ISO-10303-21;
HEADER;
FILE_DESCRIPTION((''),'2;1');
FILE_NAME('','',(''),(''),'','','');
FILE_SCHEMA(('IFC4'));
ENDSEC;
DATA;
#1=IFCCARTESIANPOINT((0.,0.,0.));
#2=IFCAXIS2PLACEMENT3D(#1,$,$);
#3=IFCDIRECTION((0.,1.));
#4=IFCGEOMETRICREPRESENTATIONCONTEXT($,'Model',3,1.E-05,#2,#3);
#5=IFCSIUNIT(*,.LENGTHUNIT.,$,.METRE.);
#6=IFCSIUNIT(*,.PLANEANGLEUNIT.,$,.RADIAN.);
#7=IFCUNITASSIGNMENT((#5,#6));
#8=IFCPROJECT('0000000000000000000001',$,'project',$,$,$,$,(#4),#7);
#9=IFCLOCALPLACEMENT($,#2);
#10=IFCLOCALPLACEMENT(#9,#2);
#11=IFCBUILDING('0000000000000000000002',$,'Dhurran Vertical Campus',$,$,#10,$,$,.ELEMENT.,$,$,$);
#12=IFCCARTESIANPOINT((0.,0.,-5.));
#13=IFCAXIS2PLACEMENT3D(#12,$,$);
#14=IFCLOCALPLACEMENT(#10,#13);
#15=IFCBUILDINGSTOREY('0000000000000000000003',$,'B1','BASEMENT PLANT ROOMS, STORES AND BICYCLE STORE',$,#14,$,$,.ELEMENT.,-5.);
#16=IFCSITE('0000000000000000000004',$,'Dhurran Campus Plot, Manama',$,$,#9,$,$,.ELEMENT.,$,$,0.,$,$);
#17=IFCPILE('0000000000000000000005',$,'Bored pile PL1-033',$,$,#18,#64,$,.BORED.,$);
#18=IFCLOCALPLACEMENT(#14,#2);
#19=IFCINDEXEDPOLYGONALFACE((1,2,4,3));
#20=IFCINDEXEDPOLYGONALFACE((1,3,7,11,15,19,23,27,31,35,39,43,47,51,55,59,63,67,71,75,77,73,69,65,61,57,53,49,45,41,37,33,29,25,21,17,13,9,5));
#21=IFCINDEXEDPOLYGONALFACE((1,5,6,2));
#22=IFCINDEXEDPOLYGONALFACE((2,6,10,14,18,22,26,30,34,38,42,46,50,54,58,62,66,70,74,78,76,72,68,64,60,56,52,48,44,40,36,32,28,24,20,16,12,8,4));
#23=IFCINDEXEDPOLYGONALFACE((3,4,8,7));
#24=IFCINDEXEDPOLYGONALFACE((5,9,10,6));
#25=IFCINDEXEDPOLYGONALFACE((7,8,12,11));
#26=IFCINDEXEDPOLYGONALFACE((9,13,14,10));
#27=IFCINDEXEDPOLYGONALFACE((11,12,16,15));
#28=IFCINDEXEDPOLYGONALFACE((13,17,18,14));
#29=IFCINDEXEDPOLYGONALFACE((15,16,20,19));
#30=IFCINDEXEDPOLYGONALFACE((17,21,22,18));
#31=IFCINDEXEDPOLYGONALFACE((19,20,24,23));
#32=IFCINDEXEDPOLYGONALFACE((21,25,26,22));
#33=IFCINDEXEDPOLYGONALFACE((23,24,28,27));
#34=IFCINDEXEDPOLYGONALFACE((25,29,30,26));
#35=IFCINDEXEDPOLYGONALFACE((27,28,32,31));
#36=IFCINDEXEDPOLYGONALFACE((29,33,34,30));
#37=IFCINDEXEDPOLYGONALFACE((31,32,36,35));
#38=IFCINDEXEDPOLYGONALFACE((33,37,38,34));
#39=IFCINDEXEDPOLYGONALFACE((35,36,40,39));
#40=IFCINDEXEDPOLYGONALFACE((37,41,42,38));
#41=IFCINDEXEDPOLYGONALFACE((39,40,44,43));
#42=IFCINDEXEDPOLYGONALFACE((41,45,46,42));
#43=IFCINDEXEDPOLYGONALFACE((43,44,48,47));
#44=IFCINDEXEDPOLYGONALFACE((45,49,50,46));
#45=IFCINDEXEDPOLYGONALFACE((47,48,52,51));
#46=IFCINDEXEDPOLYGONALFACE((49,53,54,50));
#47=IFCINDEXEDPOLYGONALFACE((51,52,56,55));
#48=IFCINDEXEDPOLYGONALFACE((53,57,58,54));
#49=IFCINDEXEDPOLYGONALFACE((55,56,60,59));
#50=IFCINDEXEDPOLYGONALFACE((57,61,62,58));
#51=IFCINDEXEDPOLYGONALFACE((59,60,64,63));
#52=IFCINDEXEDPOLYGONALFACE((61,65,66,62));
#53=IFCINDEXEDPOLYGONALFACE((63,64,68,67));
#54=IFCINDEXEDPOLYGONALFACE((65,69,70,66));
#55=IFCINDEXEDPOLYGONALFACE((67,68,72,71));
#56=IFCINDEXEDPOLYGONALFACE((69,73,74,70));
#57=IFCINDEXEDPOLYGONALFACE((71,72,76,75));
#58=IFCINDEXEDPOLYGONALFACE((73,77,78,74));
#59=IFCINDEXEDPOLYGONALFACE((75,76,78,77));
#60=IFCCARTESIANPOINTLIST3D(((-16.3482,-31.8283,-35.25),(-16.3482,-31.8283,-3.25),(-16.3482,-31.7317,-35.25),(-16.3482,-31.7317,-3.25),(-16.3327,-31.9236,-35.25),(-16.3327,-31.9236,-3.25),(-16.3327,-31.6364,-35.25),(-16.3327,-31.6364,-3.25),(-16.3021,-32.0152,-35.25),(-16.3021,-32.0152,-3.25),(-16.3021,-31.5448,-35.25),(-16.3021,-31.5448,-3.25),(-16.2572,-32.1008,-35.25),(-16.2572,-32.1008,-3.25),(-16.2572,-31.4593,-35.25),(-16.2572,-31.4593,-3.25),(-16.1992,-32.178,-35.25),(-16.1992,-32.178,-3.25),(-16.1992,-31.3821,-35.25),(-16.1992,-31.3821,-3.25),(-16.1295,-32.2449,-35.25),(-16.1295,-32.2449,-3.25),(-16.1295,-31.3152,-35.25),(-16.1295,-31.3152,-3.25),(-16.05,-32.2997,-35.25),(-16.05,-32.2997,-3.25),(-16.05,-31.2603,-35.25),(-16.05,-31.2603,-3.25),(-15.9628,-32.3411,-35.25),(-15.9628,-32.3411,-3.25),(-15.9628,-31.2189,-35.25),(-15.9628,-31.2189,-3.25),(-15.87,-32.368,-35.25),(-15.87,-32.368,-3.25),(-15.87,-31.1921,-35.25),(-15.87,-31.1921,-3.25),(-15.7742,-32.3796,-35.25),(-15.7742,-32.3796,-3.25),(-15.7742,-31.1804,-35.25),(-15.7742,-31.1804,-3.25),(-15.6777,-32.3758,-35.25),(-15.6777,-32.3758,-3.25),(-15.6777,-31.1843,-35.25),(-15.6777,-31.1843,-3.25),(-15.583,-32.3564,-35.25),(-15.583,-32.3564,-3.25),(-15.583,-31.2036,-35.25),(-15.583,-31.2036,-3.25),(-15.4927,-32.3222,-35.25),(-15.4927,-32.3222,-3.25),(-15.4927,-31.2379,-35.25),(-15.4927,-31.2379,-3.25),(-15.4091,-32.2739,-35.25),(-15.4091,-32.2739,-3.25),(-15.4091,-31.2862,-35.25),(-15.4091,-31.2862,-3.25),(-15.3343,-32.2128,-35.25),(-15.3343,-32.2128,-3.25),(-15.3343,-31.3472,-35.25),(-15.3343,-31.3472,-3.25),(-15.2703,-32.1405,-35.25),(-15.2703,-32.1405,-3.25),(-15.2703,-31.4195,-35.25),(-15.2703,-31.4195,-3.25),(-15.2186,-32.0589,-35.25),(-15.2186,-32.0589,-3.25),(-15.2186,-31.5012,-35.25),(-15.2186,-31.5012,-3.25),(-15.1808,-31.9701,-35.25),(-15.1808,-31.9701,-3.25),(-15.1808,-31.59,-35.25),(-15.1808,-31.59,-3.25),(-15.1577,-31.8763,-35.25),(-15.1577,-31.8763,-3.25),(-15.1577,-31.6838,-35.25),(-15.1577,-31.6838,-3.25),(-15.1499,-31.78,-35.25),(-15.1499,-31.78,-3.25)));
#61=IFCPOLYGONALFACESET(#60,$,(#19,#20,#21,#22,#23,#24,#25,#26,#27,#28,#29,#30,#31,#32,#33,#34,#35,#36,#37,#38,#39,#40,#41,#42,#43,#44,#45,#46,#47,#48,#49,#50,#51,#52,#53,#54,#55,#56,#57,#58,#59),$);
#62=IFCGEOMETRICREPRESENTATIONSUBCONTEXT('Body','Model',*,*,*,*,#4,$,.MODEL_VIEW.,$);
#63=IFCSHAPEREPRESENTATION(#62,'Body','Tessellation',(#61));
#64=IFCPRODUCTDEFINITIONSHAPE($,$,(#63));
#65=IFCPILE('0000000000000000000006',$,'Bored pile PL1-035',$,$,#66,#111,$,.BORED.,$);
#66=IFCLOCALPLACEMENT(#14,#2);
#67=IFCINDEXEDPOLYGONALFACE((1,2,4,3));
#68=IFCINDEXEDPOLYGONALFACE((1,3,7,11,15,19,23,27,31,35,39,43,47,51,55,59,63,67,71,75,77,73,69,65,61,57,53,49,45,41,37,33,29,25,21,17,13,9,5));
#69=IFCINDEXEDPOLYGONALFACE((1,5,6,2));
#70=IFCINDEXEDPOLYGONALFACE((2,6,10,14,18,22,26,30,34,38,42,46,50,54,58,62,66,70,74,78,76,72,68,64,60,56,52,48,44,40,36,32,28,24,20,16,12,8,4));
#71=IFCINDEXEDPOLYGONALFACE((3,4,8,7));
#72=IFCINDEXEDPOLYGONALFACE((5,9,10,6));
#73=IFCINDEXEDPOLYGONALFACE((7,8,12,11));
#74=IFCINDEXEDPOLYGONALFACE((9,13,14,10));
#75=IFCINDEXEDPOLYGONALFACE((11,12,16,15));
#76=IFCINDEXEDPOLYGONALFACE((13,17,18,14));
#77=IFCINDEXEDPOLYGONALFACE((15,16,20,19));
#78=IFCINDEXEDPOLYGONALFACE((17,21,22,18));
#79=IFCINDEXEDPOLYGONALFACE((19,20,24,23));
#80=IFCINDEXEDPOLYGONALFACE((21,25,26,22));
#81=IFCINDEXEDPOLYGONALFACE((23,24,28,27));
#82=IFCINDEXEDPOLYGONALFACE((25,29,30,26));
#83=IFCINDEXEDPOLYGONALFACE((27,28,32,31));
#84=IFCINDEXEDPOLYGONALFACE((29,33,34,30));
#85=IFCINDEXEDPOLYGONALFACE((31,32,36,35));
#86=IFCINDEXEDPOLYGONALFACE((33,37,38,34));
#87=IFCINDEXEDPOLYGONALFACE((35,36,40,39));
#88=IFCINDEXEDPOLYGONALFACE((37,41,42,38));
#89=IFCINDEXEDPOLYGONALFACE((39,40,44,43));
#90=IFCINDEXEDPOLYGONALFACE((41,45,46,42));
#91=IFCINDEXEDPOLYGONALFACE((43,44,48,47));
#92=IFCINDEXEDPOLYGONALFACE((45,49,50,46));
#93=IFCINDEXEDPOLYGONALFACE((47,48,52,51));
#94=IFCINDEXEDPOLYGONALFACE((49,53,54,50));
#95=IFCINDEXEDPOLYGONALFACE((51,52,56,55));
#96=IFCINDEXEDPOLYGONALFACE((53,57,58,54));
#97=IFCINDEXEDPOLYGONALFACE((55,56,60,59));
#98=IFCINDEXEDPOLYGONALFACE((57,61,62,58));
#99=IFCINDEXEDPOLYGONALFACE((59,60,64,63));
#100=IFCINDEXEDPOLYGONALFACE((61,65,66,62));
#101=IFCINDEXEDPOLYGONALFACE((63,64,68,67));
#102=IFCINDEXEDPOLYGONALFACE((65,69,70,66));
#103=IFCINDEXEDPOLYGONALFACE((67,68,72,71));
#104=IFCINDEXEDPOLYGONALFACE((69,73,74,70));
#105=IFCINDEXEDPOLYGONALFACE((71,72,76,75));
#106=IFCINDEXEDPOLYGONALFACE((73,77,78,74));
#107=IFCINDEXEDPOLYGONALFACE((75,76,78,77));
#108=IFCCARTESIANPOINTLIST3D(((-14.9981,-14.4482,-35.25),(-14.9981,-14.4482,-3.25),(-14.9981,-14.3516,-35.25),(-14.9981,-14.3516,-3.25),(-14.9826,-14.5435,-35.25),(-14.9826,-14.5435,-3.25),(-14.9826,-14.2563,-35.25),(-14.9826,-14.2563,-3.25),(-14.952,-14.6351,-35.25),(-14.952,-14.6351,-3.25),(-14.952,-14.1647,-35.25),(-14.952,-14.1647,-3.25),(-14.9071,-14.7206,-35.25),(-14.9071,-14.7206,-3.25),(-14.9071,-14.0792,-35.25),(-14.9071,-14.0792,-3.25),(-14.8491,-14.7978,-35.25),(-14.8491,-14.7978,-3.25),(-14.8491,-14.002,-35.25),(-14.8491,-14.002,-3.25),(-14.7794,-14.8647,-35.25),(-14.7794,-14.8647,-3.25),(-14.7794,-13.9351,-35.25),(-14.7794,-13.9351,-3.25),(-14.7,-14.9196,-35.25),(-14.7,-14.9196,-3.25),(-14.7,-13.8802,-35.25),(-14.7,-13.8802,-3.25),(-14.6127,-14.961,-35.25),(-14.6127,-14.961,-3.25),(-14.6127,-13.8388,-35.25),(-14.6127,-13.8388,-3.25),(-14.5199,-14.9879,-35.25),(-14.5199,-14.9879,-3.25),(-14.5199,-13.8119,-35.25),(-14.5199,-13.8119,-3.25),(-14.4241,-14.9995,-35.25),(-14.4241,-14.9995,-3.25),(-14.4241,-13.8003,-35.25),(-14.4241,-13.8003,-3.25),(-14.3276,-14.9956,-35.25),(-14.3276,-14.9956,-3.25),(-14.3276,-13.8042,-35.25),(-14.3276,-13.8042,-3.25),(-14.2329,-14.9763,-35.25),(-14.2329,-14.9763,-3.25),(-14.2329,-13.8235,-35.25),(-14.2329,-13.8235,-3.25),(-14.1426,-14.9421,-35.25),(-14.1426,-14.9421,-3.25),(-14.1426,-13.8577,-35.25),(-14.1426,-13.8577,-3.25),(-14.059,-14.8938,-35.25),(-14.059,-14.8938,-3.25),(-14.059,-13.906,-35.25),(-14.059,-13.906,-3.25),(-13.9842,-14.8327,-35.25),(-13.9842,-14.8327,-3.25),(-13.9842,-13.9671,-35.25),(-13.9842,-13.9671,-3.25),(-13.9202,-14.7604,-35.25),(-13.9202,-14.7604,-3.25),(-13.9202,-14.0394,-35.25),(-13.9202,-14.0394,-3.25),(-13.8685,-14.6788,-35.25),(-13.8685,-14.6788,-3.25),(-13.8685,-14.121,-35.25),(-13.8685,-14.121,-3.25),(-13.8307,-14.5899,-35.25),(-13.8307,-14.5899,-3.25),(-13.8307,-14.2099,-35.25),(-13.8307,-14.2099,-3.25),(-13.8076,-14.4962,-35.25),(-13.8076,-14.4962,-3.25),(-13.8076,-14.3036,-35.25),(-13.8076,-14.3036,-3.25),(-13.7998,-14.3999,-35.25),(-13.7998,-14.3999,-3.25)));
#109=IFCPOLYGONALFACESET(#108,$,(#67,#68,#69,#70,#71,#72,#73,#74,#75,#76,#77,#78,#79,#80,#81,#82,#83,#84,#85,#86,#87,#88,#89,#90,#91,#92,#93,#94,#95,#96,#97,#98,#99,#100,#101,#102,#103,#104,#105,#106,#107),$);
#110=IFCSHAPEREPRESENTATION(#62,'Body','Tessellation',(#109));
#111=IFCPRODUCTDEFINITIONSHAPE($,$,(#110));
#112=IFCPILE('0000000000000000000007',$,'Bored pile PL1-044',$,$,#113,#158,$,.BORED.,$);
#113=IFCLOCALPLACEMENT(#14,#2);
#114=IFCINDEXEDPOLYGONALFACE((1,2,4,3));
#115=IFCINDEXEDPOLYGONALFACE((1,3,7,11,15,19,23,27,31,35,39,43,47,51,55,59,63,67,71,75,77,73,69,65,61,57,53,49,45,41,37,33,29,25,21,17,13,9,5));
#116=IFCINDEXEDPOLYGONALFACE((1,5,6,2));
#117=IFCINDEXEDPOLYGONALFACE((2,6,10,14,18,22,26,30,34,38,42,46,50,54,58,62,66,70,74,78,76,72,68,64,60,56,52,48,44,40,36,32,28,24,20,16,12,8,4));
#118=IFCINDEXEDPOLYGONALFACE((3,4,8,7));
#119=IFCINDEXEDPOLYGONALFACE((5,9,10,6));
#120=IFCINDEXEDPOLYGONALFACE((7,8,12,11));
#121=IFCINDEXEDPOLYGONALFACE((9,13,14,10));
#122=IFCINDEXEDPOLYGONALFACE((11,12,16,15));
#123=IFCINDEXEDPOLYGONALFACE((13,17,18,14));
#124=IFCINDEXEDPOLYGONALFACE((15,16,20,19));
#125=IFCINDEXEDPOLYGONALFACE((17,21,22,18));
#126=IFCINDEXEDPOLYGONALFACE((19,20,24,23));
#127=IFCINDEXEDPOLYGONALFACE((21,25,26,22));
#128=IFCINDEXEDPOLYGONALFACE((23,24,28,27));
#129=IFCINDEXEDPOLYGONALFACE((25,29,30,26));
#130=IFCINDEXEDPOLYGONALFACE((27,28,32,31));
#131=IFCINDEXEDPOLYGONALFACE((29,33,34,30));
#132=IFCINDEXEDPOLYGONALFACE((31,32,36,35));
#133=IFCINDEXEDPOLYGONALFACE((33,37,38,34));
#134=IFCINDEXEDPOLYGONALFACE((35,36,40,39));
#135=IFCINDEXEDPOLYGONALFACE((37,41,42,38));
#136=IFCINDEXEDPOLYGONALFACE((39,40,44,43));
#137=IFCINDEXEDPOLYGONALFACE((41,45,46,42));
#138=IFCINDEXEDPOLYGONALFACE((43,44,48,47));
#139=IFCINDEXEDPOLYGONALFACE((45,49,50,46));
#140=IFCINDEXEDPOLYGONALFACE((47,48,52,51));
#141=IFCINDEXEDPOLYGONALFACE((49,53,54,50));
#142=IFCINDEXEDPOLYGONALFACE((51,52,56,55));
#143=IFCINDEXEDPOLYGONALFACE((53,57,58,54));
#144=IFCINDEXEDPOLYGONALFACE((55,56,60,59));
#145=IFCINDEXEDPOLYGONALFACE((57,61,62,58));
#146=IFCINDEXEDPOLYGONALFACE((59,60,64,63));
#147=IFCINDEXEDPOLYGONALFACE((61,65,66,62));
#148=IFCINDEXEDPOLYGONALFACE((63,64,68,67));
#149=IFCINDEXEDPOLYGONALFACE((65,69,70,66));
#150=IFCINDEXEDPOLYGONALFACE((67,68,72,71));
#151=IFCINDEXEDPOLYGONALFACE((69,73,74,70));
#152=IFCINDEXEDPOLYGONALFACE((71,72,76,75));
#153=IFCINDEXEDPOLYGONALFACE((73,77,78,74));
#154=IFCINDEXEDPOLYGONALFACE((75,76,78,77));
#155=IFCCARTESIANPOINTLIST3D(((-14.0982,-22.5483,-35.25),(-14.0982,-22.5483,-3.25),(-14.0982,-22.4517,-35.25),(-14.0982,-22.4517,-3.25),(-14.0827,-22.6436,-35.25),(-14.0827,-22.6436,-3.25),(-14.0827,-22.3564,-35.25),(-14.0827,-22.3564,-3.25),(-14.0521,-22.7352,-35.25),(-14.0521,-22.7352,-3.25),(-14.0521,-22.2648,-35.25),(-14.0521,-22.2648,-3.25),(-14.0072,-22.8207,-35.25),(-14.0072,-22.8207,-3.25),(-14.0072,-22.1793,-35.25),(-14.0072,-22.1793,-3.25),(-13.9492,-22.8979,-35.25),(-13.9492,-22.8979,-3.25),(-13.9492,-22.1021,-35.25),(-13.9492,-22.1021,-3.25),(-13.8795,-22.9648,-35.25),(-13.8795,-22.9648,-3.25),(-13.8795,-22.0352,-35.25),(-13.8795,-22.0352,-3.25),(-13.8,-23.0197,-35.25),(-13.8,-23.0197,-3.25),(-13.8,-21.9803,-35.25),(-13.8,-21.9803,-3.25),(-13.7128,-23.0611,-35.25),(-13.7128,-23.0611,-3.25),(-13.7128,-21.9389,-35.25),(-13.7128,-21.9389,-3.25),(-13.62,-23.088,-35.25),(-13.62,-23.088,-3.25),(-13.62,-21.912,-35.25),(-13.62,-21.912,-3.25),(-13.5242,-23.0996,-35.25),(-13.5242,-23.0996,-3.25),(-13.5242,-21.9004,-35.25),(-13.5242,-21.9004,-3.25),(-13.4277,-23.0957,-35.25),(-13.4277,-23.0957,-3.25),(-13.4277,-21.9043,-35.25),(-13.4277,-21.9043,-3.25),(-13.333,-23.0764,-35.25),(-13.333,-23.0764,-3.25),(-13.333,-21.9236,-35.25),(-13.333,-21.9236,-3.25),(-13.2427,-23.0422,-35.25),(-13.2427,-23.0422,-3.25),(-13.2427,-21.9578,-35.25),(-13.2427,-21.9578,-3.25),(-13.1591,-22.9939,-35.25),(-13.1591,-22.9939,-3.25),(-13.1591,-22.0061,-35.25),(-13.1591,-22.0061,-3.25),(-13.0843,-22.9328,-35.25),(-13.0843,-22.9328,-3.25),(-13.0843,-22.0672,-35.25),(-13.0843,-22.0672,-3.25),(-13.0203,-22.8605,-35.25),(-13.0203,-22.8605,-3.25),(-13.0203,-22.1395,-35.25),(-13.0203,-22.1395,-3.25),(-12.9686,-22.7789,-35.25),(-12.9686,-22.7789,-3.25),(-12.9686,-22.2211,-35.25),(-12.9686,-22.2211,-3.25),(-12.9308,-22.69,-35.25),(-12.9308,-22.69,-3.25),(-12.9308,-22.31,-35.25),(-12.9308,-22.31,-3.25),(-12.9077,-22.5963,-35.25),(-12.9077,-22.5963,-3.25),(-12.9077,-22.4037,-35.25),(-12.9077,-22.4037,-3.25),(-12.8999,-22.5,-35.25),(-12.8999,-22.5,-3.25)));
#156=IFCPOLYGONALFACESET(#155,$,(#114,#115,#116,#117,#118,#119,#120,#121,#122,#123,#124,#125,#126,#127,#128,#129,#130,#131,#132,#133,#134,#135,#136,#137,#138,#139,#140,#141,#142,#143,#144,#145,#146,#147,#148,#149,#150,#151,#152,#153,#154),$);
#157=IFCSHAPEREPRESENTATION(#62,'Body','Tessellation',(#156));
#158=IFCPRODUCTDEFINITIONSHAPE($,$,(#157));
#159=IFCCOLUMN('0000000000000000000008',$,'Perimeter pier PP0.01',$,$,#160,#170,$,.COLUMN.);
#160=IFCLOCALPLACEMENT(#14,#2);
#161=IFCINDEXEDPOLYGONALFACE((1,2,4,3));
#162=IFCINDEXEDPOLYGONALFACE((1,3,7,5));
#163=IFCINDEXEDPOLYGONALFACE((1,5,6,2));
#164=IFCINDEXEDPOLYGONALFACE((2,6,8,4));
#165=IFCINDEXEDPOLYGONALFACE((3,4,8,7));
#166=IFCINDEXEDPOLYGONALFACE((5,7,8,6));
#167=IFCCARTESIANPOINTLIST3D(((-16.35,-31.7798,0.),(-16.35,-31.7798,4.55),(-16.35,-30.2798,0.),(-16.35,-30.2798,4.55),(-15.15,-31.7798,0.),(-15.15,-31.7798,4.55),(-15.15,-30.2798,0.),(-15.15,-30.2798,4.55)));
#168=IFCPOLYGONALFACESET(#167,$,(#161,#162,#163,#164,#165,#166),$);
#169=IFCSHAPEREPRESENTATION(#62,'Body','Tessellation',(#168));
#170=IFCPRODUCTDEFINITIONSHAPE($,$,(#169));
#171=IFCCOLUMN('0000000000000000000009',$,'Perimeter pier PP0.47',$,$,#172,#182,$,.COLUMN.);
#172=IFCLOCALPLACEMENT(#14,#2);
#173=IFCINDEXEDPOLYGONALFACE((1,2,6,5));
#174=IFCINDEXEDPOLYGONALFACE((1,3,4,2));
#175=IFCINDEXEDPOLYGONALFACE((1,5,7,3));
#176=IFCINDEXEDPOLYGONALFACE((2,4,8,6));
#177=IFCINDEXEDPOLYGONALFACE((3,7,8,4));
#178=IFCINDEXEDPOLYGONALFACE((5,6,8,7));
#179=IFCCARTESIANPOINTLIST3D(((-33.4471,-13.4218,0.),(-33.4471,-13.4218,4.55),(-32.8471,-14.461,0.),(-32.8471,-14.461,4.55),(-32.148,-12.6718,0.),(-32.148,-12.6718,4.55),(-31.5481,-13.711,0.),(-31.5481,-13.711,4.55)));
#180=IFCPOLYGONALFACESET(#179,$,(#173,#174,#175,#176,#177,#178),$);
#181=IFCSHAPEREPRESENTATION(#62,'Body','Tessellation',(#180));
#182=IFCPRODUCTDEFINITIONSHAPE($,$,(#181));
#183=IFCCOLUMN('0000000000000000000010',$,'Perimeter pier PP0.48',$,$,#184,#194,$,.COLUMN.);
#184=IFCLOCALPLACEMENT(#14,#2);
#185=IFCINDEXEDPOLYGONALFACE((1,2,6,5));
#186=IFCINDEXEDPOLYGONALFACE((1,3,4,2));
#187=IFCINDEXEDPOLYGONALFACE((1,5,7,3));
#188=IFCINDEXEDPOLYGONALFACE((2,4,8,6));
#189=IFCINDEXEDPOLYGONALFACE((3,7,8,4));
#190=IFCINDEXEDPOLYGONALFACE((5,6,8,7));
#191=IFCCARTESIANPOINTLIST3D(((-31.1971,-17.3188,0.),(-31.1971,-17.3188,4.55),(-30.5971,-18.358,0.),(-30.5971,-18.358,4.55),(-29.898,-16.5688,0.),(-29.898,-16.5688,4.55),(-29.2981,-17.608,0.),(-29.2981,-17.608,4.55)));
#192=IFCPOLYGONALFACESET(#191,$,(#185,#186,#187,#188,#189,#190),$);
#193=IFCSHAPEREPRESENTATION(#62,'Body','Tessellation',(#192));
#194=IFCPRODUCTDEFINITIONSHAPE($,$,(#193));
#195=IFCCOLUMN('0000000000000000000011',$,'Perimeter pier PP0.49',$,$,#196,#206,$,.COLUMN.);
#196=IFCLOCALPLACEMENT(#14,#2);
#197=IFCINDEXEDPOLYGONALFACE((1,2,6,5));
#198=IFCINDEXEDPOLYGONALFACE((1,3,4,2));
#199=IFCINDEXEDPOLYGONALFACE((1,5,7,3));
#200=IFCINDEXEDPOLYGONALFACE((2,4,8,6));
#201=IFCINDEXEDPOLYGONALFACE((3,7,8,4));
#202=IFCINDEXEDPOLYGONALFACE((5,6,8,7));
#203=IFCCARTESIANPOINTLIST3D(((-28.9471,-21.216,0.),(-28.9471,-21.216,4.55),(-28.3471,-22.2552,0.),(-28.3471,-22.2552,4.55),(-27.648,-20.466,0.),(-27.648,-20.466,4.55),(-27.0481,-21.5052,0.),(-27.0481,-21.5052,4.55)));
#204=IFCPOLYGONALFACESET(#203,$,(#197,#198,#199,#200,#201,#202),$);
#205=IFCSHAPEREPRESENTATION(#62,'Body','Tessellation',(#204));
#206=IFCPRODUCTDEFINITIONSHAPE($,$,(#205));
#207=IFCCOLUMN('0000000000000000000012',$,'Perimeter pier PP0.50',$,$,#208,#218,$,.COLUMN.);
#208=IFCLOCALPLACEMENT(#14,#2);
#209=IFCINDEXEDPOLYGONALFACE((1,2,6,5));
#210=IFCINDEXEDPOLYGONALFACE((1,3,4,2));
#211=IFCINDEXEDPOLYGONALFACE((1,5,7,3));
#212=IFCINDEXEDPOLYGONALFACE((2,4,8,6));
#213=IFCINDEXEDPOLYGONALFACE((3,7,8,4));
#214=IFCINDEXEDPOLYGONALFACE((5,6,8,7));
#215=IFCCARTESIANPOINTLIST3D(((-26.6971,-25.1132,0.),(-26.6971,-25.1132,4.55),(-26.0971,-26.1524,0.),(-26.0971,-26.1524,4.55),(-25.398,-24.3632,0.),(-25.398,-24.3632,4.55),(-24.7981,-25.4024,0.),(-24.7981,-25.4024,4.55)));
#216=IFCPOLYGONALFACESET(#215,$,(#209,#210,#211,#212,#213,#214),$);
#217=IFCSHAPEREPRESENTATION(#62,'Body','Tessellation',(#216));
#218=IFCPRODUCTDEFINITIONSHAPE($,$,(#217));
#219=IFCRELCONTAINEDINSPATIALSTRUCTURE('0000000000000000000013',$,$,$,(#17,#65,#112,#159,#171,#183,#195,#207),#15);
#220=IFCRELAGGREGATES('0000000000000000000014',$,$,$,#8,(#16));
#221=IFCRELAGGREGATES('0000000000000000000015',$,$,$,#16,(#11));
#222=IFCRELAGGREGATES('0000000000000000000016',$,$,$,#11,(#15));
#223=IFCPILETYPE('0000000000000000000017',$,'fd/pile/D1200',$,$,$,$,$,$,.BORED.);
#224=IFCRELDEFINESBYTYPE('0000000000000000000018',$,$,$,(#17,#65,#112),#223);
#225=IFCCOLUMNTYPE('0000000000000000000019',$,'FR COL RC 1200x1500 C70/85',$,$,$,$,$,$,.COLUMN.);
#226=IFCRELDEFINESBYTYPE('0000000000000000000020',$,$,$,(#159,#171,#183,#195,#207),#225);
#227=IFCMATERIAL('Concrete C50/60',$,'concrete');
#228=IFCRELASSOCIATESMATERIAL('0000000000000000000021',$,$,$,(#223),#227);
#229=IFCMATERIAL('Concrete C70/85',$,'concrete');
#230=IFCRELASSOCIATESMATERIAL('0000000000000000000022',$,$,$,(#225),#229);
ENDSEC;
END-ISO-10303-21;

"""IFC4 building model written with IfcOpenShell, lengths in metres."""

from ifc_helpers import new_model, si_unit, direction, frame, origin, origin_2d, place, context, subcontext, project, spatial, rectangle, circle, extrude, material, material_profile, profile_set, type_object, element, save


model = new_model("IFC4")

# Units and contexts
model_context = context("Model", 3, precision=1e-05, world=origin(), true_north=direction((0.0, 1.0)))
body_context = subcontext(model_context, "Body", "Model", "MODEL_VIEW")
ifc_project = project(units=[si_unit("LENGTHUNIT", "METRE"), si_unit("PLANEANGLEUNIT", "RADIAN")], contexts=[model_context])

# Site, building, storey
site_placement = place(None, origin())
site = spatial("IfcSite", under=ifc_project, at=site_placement, Name="Dhurran Campus Plot, Manama", CompositionType="ELEMENT", RefElevation=0.0)
building_placement = place(site_placement, origin())
building = spatial("IfcBuilding", under=site, at=building_placement, Name="Dhurran Vertical Campus", CompositionType="ELEMENT")
storey_placement = place(building_placement, frame((0.0, 0.0, -5.0)))
storey = spatial("IfcBuildingStorey", under=building, at=storey_placement, Name="B1", Description="BASEMENT PLANT ROOMS, STORES AND BICYCLE STORE", CompositionType="ELEMENT", Elevation=-5.0)

# Piles
ifc_material_1 = material(Name="Concrete C50/60", Category="concrete")
ifc_material_profile_1 = material_profile(ifc_material_1, circle(Radius=0.6001, at=origin_2d()), Name="fd/pile/D1200")
ifc_profile_set_1 = profile_set([ifc_material_profile_1], Name="Concrete C50/60")
pile_type = type_object("IfcPileType", Name="fd/pile/D1200", PredefinedType="BORED", material=ifc_profile_set_1)
for number, where, z_axis, x_axis, name in (
    (1, (-15.75, -31.78, -3.25), (0.0, 0.0, -1.0), (1.0, 0.0, 0.0), "Bored pile PL1-033"),
    (2, (-14.3999, -14.3999, -3.25), (0.0, 0.0, -1.0), (1.0, 0.0, 0.0), "Bored pile PL1-035"),
    (3, (-13.5, -22.5, -3.25), (0.0, 0.0, -1.0), (1.0, 0.0, 0.0), "Bored pile PL1-044"),
):
    element("IfcPile", number, at=place(storey_placement, frame(where, z_axis=z_axis, x_axis=x_axis)), inside=storey, type_object=pile_type, Name=name, PredefinedType="BORED", context=body_context, shape_type="SweptSolid", body=[
        extrude(circle(Radius=0.6001, at=origin_2d()), origin(), (0.0, 0.0, 1.0), 32.0),
    ])

# Columns
ifc_material_2 = material(Name="Concrete C70/85", Category="concrete")
ifc_material_profile_2 = material_profile(ifc_material_2, rectangle(XDim=1.2, YDim=1.5, at=origin_2d()), Name="RC 1200x1500")
ifc_profile_set_2 = profile_set([ifc_material_profile_2], Name="Concrete C70/85")
column_type_1 = type_object("IfcColumnType", Name="FR COL RC 1200x1500 C70/85", PredefinedType="COLUMN", material=ifc_profile_set_2)
for number, where, z_axis, x_axis, name in (
    (4, (-15.75, -31.0298, 0.0), (0.0, 0.0, 1.0), (1.0, 0.0, 0.0), "Perimeter pier PP0.01"),
    (5, (-32.4976, -13.5664, 0.0), (0.0, 0.0, 1.0), (0.5, -0.866025, 0.0), "Perimeter pier PP0.47"),
    (6, (-30.2476, -17.4634, 0.0), (0.0, 0.0, 1.0), (0.5, -0.866025, 0.0), "Perimeter pier PP0.48"),
    (7, (-27.9976, -21.3606, 0.0), (0.0, 0.0, 1.0), (0.5, -0.866025, 0.0), "Perimeter pier PP0.49"),
    (8, (-25.7476, -25.2578, 0.0), (0.0, 0.0, 1.0), (0.5, -0.866025, 0.0), "Perimeter pier PP0.50"),
):
    element("IfcColumn", number, at=place(storey_placement, frame(where, z_axis=z_axis, x_axis=x_axis)), inside=storey, type_object=column_type_1, Name=name, PredefinedType="COLUMN", context=body_context, shape_type="SweptSolid", body=[
        extrude(rectangle(XDim=1.2, YDim=1.5, at=origin_2d()), origin(), (0.0, 0.0, 1.0), 4.55),
    ])

save(model, "model.ifc")
